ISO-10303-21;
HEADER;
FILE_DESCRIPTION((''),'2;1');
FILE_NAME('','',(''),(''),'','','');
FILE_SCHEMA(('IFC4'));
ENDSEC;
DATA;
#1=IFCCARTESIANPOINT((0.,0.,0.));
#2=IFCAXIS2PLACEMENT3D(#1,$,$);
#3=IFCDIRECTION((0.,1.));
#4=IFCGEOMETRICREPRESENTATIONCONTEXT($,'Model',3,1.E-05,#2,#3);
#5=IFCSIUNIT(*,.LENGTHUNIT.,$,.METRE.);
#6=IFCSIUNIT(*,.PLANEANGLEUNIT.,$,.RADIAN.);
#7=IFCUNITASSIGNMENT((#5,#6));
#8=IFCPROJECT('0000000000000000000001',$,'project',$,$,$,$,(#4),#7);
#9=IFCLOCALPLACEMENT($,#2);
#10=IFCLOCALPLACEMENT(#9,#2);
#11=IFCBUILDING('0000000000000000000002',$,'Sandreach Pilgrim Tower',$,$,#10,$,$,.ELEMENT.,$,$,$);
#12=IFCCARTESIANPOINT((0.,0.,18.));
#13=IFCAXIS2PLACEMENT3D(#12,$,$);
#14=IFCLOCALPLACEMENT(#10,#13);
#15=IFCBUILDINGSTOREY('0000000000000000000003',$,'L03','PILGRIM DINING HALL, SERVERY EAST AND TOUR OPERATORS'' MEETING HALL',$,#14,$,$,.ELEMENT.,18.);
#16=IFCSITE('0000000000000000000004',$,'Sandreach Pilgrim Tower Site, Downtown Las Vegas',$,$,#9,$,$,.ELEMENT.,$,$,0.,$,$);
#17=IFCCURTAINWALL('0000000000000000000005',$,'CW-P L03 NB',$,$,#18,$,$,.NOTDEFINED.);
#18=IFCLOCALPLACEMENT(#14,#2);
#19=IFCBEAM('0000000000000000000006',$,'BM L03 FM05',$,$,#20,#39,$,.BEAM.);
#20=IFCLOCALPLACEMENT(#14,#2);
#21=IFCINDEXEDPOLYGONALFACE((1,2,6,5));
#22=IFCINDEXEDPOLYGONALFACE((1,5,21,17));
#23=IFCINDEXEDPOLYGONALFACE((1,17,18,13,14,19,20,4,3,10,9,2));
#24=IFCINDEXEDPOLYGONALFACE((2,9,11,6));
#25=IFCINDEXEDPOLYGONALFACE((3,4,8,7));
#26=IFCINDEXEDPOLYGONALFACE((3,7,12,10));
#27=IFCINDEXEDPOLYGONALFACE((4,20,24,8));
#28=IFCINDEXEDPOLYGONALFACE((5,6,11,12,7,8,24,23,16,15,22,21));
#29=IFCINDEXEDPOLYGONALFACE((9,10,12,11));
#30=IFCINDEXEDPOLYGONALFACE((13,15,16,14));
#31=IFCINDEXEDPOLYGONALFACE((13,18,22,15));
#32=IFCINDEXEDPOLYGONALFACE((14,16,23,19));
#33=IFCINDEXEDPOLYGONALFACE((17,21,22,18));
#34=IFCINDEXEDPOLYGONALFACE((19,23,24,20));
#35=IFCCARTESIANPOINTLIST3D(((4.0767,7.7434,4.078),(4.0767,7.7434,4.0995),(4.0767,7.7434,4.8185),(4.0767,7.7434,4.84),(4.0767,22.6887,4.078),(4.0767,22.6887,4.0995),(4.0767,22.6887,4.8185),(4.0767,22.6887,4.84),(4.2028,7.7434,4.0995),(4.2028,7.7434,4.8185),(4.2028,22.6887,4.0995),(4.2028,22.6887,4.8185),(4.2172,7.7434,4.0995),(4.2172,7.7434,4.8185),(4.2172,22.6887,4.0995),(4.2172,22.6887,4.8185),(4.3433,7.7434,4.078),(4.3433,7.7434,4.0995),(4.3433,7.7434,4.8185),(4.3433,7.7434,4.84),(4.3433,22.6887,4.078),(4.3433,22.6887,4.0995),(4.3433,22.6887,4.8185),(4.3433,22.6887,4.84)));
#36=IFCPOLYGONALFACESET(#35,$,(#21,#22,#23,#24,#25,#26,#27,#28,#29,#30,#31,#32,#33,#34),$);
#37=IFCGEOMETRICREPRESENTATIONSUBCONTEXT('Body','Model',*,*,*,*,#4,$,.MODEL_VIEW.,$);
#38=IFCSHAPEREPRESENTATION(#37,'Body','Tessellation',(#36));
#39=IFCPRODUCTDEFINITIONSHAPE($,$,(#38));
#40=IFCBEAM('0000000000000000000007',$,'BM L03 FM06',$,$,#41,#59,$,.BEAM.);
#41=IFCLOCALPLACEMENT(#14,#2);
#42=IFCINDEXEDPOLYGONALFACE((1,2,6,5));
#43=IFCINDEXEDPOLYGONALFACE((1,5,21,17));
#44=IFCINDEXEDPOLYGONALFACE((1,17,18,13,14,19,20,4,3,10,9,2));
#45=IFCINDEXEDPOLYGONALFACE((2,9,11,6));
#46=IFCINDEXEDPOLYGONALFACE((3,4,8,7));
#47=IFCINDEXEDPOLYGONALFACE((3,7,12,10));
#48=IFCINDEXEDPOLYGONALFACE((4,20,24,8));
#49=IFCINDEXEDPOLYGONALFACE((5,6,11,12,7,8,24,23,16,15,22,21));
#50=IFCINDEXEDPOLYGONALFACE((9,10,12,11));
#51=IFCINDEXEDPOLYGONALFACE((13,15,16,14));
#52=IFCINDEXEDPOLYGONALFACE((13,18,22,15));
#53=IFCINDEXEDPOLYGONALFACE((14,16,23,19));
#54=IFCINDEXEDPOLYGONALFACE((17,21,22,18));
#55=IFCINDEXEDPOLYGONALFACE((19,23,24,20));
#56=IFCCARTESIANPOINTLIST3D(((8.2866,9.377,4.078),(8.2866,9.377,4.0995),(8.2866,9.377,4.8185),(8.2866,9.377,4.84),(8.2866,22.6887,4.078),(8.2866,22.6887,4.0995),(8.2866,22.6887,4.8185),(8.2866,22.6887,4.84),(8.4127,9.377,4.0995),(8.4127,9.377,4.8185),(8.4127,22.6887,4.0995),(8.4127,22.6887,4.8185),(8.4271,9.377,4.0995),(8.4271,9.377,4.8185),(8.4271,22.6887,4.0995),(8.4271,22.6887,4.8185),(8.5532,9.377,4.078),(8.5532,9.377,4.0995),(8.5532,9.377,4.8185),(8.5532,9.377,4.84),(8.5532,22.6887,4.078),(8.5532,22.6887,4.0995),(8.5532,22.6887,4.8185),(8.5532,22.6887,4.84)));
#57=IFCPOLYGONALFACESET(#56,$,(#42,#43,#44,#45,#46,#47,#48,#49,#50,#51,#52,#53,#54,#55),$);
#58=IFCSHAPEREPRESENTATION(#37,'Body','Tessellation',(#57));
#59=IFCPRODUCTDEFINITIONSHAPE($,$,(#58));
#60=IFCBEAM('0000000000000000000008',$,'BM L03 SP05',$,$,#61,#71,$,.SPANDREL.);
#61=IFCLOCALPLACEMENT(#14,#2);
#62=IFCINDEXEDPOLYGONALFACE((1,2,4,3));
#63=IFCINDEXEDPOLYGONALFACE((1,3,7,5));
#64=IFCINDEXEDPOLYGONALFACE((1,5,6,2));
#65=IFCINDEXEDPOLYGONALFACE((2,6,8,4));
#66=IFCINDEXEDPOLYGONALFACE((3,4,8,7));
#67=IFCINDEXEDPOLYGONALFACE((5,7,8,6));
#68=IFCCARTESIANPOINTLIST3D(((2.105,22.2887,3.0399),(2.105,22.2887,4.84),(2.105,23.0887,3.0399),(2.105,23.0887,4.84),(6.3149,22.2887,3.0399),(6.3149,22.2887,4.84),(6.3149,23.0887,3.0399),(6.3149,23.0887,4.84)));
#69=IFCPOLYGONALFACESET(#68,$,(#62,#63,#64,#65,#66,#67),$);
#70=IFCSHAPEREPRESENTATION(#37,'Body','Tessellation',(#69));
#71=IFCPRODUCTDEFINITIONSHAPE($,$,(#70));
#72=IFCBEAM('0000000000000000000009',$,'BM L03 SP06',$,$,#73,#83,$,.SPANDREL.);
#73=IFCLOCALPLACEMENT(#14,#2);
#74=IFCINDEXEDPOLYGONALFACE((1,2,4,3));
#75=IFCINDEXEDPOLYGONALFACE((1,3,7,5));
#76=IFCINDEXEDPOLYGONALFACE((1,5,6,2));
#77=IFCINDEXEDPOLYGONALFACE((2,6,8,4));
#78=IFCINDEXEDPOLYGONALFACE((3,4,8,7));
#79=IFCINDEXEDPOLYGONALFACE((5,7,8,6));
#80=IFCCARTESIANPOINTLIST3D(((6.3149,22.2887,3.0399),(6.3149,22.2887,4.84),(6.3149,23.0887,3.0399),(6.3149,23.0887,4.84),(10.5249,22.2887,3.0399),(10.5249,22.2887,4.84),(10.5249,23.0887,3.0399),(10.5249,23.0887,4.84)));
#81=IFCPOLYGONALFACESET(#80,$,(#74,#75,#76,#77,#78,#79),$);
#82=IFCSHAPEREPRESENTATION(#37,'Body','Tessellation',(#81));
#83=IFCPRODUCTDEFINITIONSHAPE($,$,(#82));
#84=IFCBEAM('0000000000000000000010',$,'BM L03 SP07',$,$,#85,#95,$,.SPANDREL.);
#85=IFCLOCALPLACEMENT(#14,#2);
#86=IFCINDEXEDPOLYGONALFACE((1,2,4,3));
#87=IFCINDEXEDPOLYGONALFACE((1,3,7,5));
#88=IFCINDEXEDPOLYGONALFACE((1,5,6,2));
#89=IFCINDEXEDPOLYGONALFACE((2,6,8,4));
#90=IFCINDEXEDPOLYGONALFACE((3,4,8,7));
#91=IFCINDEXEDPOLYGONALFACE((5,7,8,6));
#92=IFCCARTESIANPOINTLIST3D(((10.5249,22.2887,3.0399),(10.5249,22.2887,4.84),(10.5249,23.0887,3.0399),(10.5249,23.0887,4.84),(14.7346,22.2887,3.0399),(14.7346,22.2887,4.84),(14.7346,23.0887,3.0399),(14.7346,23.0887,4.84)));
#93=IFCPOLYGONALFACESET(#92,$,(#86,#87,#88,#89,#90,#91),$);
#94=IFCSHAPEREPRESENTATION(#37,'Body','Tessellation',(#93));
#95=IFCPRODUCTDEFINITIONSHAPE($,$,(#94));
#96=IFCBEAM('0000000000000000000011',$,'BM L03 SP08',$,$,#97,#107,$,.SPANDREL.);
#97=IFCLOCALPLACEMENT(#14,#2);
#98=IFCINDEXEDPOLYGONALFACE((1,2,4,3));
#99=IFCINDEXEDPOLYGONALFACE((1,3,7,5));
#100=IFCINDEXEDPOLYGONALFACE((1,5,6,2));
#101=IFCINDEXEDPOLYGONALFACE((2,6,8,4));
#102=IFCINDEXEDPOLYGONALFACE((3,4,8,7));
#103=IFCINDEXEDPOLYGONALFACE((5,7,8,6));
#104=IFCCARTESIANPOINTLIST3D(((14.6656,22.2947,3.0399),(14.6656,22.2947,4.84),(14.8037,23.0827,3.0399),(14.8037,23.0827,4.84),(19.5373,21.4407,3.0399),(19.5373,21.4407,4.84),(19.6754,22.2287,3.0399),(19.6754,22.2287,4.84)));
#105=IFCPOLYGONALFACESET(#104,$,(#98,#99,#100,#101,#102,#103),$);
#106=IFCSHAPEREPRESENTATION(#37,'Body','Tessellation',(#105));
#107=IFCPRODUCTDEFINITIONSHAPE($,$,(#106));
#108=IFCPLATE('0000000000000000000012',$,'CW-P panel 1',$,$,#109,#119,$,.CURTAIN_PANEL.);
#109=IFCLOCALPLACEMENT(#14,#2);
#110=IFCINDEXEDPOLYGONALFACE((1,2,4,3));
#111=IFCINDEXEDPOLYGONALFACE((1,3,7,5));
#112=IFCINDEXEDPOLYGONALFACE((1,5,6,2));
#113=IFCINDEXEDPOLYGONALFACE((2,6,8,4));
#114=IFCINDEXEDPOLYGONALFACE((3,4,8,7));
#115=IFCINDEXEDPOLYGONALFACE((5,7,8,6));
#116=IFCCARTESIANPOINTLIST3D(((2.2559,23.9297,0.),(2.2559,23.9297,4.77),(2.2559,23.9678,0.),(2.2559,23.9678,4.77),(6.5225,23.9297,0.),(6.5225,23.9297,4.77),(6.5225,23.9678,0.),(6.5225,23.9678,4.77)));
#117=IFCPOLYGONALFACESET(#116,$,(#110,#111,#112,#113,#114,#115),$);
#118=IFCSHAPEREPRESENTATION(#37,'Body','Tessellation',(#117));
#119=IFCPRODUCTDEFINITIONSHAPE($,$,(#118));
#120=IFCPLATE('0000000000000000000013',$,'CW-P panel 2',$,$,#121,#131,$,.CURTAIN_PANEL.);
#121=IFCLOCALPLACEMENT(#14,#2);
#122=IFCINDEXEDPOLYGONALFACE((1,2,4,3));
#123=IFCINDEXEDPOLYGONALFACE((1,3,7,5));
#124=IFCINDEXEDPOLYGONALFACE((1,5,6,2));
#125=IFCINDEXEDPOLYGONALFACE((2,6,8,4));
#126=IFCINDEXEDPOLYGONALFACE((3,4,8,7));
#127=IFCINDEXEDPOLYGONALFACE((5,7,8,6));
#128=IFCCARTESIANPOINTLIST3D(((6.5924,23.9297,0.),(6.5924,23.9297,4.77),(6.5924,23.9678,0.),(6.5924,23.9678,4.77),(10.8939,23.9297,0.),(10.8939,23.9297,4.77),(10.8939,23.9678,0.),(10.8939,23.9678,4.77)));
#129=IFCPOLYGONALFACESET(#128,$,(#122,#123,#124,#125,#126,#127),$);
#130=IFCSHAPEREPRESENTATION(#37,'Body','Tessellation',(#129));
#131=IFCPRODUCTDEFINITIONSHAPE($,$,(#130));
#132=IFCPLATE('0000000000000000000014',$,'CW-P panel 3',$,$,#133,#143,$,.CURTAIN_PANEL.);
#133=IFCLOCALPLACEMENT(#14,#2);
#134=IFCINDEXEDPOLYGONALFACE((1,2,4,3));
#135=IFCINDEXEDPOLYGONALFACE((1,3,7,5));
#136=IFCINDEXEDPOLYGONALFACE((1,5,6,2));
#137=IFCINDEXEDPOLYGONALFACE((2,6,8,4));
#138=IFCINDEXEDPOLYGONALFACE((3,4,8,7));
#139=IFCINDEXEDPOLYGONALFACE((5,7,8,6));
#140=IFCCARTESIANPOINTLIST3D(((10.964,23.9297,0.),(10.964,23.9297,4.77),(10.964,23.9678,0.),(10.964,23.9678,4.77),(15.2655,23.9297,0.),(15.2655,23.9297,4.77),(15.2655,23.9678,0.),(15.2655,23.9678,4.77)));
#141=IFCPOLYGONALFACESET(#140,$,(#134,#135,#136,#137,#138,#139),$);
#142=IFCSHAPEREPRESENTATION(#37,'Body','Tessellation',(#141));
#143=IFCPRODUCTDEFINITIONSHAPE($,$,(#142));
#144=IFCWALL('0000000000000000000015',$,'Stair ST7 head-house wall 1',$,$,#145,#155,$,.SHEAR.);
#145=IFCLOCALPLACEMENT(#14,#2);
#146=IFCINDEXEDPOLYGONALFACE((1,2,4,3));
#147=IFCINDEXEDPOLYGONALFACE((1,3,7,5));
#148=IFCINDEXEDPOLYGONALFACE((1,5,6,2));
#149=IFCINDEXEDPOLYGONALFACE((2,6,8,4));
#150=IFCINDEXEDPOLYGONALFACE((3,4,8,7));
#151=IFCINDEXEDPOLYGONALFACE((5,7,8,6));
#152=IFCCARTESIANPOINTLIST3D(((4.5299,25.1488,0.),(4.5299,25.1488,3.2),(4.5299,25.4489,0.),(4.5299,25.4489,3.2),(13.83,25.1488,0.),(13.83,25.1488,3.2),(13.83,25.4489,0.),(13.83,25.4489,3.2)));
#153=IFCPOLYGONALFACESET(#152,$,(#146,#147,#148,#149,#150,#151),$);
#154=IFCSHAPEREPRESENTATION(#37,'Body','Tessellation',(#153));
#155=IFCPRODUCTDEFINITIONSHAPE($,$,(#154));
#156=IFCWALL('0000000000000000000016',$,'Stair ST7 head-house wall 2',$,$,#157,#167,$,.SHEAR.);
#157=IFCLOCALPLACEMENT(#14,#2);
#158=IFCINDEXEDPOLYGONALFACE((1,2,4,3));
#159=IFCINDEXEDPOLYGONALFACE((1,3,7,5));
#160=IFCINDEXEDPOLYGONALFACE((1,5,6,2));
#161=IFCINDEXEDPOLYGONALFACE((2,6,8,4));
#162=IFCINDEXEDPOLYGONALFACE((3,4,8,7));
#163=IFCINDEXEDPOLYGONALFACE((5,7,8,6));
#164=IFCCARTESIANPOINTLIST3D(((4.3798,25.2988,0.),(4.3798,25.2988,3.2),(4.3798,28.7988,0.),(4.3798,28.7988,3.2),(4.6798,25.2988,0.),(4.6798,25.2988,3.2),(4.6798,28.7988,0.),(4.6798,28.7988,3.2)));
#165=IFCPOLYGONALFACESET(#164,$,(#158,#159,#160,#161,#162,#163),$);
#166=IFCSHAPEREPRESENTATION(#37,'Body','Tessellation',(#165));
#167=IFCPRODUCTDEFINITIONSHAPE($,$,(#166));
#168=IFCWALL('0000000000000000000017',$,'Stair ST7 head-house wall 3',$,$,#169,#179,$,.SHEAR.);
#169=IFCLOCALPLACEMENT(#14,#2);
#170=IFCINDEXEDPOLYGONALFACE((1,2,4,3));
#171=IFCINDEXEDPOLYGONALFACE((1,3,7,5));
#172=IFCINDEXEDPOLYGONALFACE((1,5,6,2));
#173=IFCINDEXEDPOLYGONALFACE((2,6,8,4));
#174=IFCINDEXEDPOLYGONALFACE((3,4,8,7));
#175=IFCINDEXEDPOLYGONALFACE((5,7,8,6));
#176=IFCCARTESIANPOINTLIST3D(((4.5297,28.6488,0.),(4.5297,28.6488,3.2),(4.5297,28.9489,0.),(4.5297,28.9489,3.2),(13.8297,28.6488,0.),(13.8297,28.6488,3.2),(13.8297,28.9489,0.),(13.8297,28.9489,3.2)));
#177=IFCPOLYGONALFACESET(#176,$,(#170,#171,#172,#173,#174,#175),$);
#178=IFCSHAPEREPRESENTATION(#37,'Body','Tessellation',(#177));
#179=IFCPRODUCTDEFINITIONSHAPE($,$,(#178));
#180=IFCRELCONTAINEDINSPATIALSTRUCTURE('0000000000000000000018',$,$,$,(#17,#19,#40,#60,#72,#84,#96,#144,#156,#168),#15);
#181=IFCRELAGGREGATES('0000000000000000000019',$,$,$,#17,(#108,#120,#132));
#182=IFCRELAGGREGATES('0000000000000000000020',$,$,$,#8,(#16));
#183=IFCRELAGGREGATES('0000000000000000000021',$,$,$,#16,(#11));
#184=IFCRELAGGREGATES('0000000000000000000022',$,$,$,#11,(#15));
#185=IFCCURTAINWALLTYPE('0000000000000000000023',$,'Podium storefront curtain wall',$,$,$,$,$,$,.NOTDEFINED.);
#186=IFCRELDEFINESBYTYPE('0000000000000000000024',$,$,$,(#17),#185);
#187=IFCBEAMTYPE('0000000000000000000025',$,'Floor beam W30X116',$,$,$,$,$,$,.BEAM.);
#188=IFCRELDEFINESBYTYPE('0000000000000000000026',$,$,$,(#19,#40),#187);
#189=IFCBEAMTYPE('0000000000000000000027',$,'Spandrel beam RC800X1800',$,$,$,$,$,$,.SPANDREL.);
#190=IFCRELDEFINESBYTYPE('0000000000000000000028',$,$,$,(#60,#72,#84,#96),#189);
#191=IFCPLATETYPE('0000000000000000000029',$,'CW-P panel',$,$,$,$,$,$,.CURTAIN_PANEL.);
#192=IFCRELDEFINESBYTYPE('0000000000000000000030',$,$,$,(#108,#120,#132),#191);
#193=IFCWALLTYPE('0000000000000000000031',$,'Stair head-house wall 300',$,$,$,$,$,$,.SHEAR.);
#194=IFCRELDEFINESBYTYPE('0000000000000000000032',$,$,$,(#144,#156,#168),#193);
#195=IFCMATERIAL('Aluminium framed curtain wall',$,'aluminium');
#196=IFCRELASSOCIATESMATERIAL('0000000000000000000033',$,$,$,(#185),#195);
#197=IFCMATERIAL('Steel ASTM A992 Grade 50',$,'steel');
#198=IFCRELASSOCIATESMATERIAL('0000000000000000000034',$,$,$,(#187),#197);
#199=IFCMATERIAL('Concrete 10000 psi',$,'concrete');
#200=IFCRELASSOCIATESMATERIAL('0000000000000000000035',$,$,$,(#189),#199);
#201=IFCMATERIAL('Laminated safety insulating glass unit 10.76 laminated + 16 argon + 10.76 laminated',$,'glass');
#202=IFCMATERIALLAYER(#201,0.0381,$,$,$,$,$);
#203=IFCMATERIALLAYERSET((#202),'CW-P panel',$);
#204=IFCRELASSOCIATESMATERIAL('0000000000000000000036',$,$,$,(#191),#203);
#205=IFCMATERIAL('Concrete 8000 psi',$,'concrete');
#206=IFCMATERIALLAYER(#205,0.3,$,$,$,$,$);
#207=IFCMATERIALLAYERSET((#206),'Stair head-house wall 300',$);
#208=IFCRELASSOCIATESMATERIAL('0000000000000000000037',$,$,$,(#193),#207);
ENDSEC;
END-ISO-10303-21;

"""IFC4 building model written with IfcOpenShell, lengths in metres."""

from ifc_helpers import new_model, si_unit, direction, frame, frame_2d, origin, origin_2d, place, context, subcontext, project, spatial, rectangle, i_section, extrude, material, layer, layer_set, material_profile, profile_set, type_object, element, aggregate, save


model = new_model("IFC4")

# Units and contexts
model_context = context("Model", 3, precision=1e-05, world=origin(), true_north=direction((0.0, 1.0)))
body_context = subcontext(model_context, "Body", "Model", "MODEL_VIEW")
ifc_project = project(units=[si_unit("LENGTHUNIT", "METRE"), si_unit("PLANEANGLEUNIT", "RADIAN")], contexts=[model_context])

# Site, building, storey
site_placement = place(None, origin())
site = spatial("IfcSite", under=ifc_project, at=site_placement, Name="Sandreach Pilgrim Tower Site, Downtown Las Vegas", CompositionType="ELEMENT", RefElevation=0.0)
building_placement = place(site_placement, origin())
building = spatial("IfcBuilding", under=site, at=building_placement, Name="Sandreach Pilgrim Tower", CompositionType="ELEMENT")
storey_placement = place(building_placement, frame((0.0, 0.0, 18.0)))
storey = spatial("IfcBuildingStorey", under=building, at=storey_placement, Name="L03", Description="PILGRIM DINING HALL, SERVERY EAST AND TOUR OPERATORS' MEETING HALL", CompositionType="ELEMENT", Elevation=18.0)

# Curtain wall
ifc_material_1 = material(Name="Aluminium framed curtain wall", Category="aluminium")
curtain_wall_type = type_object("IfcCurtainWallType", Name="Podium storefront curtain wall", PredefinedType="NOTDEFINED", material=ifc_material_1)
curtain_wall_placement = place(storey_placement, origin())
curtain_wall = element("IfcCurtainWall", 1, at=curtain_wall_placement, inside=storey, type_object=curtain_wall_type, Name="CW-P L03 NB", PredefinedType="NOTDEFINED")

# Beams
ifc_material_2 = material(Name="Steel ASTM A992 Grade 50", Category="steel")
ifc_material_profile_1 = material_profile(ifc_material_2, i_section(OverallWidth=0.2666, OverallDepth=0.762, WebThickness=0.0144, FlangeThickness=0.0215, at=origin_2d()), Name="W30X116")
ifc_profile_set_1 = profile_set([ifc_material_profile_1], Name="Steel ASTM A992 Grade 50")
beam_type_1 = type_object("IfcBeamType", Name="Floor beam W30X116", PredefinedType="BEAM", material=ifc_profile_set_1)
beam_1_placement = place(storey_placement, frame((4.21, 22.6887, 4.459), z_axis=(0.0, -1.0, 0.0), x_axis=(1.0, 0.0, 0.0)))
element("IfcBeam", 2, at=beam_1_placement, inside=storey, type_object=beam_type_1, Name="BM L03 FM05", PredefinedType="BEAM", context=body_context, shape_type="SweptSolid", body=[
    extrude(i_section(OverallWidth=0.2666, OverallDepth=0.762, WebThickness=0.0144, FlangeThickness=0.0215, at=origin_2d()), origin(), (0.0, 0.0, 1.0), 14.9453),
])
beam_2_placement = place(storey_placement, frame((8.4199, 22.6887, 4.459), z_axis=(0.0, -1.0, 0.0), x_axis=(1.0, 0.0, 0.0)))
element("IfcBeam", 3, at=beam_2_placement, inside=storey, type_object=beam_type_1, Name="BM L03 FM06", PredefinedType="BEAM", context=body_context, shape_type="SweptSolid", body=[
    extrude(i_section(OverallWidth=0.2666, OverallDepth=0.762, WebThickness=0.0144, FlangeThickness=0.0215, at=origin_2d()), origin(), (0.0, 0.0, 1.0), 13.3118),
])
ifc_material_3 = material(Name="Concrete 10000 psi", Category="concrete")
ifc_material_profile_2 = material_profile(ifc_material_3, rectangle(XDim=0.8, YDim=1.8, at=origin_2d()), Name="RC800X1800")
ifc_profile_set_2 = profile_set([ifc_material_profile_2], Name="Concrete 10000 psi")
beam_type_2 = type_object("IfcBeamType", Name="Spandrel beam RC800X1800", PredefinedType="SPANDREL", material=ifc_profile_set_2)
for number, where, z_axis, x_axis, name in (
    (4, (2.105, 22.6887, 3.9399), (1.0, 0.0, 0.0), (0.0, 1.0, 0.0), "BM L03 SP05"),
    (5, (6.3149, 22.6887, 3.9399), (1.0, 0.0, 0.0), (0.0, 1.0, 0.0), "BM L03 SP06"),
):
    element("IfcBeam", number, at=place(storey_placement, frame(where, z_axis=z_axis, x_axis=x_axis)), inside=storey, type_object=beam_type_2, Name=name, PredefinedType="SPANDREL", context=body_context, shape_type="SweptSolid", body=[
        extrude(rectangle(XDim=0.8, YDim=1.8, at=origin_2d()), origin(), (0.0, 0.0, 1.0), 4.21),
    ])
beam_3_placement = place(storey_placement, frame((10.5249, 22.6887, 3.9399), z_axis=(1.0, 0.0, 0.0), x_axis=(0.0, 1.0, 0.0)))
element("IfcBeam", 6, at=beam_3_placement, inside=storey, type_object=beam_type_2, Name="BM L03 SP07", PredefinedType="SPANDREL", context=body_context, shape_type="SweptSolid", body=[
    extrude(rectangle(XDim=0.8, YDim=1.8, at=origin_2d()), origin(), (0.0, 0.0, 1.0), 4.2097),
])
beam_4_placement = place(storey_placement, frame((14.7346, 22.6887, 3.9399), z_axis=(0.984981, -0.172662, 0.0), x_axis=(0.172662, 0.984981, 0.0)))
element("IfcBeam", 7, at=beam_4_placement, inside=storey, type_object=beam_type_2, Name="BM L03 SP08", PredefinedType="SPANDREL", context=body_context, shape_type="SweptSolid", body=[
    extrude(rectangle(XDim=0.8, YDim=1.8, at=origin_2d()), origin(), (0.0, 0.0, 1.0), 4.946),
])

# Plates
ifc_material_4 = material(Name="Laminated safety insulating glass unit 10.76 laminated + 16 argon + 10.76 laminated", Category="glass")
ifc_layer_1 = layer(ifc_material_4, 0.0381)
ifc_layer_set_1 = layer_set([ifc_layer_1], Name="CW-P panel")
plate_type = type_object("IfcPlateType", Name="CW-P panel", PredefinedType="CURTAIN_PANEL", material=ifc_layer_set_1)
plate_1_placement = place(storey_placement, frame((4.3892, 23.9487, 0.0), z_axis=(0.0, 0.0, 1.0), x_axis=(1.0, 0.0, 0.0)))
plate_1 = element("IfcPlate", 8, at=plate_1_placement, type_object=plate_type, Name="CW-P panel 1", PredefinedType="CURTAIN_PANEL", context=body_context, shape_type="SweptSolid", body=[
    extrude(rectangle(XDim=4.2666, YDim=0.0381, at=origin_2d()), origin(), (0.0, 0.0, 1.0), 4.77),
])
plate_2_placement = place(storey_placement, frame((8.7432, 23.9487, 0.0), z_axis=(0.0, 0.0, 1.0), x_axis=(1.0, 0.0, 0.0)))
plate_2 = element("IfcPlate", 9, at=plate_2_placement, type_object=plate_type, Name="CW-P panel 2", PredefinedType="CURTAIN_PANEL", context=body_context, shape_type="SweptSolid", body=[
    extrude(rectangle(XDim=4.3015, YDim=0.0381, at=origin_2d()), origin(), (0.0, 0.0, 1.0), 4.77),
])
plate_3_placement = place(storey_placement, frame((13.1147, 23.9487, 0.0), z_axis=(0.0, 0.0, 1.0), x_axis=(1.0, 0.0, 0.0)))
plate_3 = element("IfcPlate", 10, at=plate_3_placement, type_object=plate_type, Name="CW-P panel 3", PredefinedType="CURTAIN_PANEL", context=body_context, shape_type="SweptSolid", body=[
    extrude(rectangle(XDim=4.3015, YDim=0.0381, at=origin_2d()), origin(), (0.0, 0.0, 1.0), 4.77),
])
aggregate(curtain_wall, [plate_1, plate_2, plate_3])

# Walls
ifc_material_5 = material(Name="Concrete 8000 psi", Category="concrete")
ifc_layer_2 = layer(ifc_material_5, 0.3)
ifc_layer_set_2 = layer_set([ifc_layer_2], Name="Stair head-house wall 300")
wall_type = type_object("IfcWallType", Name="Stair head-house wall 300", PredefinedType="SHEAR", material=ifc_layer_set_2)
wall_1_placement = place(storey_placement, frame((13.8298, 25.2988, 0.0), z_axis=(0.0, 0.0, 1.0), x_axis=(-1.0, 0.0, 0.0)))
element("IfcWall", 11, at=wall_1_placement, inside=storey, type_object=wall_type, Name="Stair ST7 head-house wall 1", PredefinedType="SHEAR", context=body_context, shape_type="SweptSolid", body=[
    extrude(rectangle(XDim=9.3, YDim=0.3, at=frame_2d((4.6499, 0.0))), origin(), (0.0, 0.0, 1.0), 3.2),
])
wall_2_placement = place(storey_placement, frame((4.5298, 25.2988, 0.0), z_axis=(0.0, 0.0, 1.0), x_axis=(0.0, 1.0, 0.0)))
element("IfcWall", 12, at=wall_2_placement, inside=storey, type_object=wall_type, Name="Stair ST7 head-house wall 2", PredefinedType="SHEAR", context=body_context, shape_type="SweptSolid", body=[
    extrude(rectangle(XDim=3.5, YDim=0.3, at=frame_2d((1.75, 0.0))), origin(), (0.0, 0.0, 1.0), 3.2),
])
wall_3_placement = place(storey_placement, frame((4.5298, 28.7988, 0.0), z_axis=(0.0, 0.0, 1.0), x_axis=(1.0, 0.0, 0.0)))
element("IfcWall", 13, at=wall_3_placement, inside=storey, type_object=wall_type, Name="Stair ST7 head-house wall 3", PredefinedType="SHEAR", context=body_context, shape_type="SweptSolid", body=[
    extrude(rectangle(XDim=9.3, YDim=0.3, at=frame_2d((4.6499, 0.0))), origin(), (0.0, 0.0, 1.0), 3.2),
])

save(model, "model.ifc")
